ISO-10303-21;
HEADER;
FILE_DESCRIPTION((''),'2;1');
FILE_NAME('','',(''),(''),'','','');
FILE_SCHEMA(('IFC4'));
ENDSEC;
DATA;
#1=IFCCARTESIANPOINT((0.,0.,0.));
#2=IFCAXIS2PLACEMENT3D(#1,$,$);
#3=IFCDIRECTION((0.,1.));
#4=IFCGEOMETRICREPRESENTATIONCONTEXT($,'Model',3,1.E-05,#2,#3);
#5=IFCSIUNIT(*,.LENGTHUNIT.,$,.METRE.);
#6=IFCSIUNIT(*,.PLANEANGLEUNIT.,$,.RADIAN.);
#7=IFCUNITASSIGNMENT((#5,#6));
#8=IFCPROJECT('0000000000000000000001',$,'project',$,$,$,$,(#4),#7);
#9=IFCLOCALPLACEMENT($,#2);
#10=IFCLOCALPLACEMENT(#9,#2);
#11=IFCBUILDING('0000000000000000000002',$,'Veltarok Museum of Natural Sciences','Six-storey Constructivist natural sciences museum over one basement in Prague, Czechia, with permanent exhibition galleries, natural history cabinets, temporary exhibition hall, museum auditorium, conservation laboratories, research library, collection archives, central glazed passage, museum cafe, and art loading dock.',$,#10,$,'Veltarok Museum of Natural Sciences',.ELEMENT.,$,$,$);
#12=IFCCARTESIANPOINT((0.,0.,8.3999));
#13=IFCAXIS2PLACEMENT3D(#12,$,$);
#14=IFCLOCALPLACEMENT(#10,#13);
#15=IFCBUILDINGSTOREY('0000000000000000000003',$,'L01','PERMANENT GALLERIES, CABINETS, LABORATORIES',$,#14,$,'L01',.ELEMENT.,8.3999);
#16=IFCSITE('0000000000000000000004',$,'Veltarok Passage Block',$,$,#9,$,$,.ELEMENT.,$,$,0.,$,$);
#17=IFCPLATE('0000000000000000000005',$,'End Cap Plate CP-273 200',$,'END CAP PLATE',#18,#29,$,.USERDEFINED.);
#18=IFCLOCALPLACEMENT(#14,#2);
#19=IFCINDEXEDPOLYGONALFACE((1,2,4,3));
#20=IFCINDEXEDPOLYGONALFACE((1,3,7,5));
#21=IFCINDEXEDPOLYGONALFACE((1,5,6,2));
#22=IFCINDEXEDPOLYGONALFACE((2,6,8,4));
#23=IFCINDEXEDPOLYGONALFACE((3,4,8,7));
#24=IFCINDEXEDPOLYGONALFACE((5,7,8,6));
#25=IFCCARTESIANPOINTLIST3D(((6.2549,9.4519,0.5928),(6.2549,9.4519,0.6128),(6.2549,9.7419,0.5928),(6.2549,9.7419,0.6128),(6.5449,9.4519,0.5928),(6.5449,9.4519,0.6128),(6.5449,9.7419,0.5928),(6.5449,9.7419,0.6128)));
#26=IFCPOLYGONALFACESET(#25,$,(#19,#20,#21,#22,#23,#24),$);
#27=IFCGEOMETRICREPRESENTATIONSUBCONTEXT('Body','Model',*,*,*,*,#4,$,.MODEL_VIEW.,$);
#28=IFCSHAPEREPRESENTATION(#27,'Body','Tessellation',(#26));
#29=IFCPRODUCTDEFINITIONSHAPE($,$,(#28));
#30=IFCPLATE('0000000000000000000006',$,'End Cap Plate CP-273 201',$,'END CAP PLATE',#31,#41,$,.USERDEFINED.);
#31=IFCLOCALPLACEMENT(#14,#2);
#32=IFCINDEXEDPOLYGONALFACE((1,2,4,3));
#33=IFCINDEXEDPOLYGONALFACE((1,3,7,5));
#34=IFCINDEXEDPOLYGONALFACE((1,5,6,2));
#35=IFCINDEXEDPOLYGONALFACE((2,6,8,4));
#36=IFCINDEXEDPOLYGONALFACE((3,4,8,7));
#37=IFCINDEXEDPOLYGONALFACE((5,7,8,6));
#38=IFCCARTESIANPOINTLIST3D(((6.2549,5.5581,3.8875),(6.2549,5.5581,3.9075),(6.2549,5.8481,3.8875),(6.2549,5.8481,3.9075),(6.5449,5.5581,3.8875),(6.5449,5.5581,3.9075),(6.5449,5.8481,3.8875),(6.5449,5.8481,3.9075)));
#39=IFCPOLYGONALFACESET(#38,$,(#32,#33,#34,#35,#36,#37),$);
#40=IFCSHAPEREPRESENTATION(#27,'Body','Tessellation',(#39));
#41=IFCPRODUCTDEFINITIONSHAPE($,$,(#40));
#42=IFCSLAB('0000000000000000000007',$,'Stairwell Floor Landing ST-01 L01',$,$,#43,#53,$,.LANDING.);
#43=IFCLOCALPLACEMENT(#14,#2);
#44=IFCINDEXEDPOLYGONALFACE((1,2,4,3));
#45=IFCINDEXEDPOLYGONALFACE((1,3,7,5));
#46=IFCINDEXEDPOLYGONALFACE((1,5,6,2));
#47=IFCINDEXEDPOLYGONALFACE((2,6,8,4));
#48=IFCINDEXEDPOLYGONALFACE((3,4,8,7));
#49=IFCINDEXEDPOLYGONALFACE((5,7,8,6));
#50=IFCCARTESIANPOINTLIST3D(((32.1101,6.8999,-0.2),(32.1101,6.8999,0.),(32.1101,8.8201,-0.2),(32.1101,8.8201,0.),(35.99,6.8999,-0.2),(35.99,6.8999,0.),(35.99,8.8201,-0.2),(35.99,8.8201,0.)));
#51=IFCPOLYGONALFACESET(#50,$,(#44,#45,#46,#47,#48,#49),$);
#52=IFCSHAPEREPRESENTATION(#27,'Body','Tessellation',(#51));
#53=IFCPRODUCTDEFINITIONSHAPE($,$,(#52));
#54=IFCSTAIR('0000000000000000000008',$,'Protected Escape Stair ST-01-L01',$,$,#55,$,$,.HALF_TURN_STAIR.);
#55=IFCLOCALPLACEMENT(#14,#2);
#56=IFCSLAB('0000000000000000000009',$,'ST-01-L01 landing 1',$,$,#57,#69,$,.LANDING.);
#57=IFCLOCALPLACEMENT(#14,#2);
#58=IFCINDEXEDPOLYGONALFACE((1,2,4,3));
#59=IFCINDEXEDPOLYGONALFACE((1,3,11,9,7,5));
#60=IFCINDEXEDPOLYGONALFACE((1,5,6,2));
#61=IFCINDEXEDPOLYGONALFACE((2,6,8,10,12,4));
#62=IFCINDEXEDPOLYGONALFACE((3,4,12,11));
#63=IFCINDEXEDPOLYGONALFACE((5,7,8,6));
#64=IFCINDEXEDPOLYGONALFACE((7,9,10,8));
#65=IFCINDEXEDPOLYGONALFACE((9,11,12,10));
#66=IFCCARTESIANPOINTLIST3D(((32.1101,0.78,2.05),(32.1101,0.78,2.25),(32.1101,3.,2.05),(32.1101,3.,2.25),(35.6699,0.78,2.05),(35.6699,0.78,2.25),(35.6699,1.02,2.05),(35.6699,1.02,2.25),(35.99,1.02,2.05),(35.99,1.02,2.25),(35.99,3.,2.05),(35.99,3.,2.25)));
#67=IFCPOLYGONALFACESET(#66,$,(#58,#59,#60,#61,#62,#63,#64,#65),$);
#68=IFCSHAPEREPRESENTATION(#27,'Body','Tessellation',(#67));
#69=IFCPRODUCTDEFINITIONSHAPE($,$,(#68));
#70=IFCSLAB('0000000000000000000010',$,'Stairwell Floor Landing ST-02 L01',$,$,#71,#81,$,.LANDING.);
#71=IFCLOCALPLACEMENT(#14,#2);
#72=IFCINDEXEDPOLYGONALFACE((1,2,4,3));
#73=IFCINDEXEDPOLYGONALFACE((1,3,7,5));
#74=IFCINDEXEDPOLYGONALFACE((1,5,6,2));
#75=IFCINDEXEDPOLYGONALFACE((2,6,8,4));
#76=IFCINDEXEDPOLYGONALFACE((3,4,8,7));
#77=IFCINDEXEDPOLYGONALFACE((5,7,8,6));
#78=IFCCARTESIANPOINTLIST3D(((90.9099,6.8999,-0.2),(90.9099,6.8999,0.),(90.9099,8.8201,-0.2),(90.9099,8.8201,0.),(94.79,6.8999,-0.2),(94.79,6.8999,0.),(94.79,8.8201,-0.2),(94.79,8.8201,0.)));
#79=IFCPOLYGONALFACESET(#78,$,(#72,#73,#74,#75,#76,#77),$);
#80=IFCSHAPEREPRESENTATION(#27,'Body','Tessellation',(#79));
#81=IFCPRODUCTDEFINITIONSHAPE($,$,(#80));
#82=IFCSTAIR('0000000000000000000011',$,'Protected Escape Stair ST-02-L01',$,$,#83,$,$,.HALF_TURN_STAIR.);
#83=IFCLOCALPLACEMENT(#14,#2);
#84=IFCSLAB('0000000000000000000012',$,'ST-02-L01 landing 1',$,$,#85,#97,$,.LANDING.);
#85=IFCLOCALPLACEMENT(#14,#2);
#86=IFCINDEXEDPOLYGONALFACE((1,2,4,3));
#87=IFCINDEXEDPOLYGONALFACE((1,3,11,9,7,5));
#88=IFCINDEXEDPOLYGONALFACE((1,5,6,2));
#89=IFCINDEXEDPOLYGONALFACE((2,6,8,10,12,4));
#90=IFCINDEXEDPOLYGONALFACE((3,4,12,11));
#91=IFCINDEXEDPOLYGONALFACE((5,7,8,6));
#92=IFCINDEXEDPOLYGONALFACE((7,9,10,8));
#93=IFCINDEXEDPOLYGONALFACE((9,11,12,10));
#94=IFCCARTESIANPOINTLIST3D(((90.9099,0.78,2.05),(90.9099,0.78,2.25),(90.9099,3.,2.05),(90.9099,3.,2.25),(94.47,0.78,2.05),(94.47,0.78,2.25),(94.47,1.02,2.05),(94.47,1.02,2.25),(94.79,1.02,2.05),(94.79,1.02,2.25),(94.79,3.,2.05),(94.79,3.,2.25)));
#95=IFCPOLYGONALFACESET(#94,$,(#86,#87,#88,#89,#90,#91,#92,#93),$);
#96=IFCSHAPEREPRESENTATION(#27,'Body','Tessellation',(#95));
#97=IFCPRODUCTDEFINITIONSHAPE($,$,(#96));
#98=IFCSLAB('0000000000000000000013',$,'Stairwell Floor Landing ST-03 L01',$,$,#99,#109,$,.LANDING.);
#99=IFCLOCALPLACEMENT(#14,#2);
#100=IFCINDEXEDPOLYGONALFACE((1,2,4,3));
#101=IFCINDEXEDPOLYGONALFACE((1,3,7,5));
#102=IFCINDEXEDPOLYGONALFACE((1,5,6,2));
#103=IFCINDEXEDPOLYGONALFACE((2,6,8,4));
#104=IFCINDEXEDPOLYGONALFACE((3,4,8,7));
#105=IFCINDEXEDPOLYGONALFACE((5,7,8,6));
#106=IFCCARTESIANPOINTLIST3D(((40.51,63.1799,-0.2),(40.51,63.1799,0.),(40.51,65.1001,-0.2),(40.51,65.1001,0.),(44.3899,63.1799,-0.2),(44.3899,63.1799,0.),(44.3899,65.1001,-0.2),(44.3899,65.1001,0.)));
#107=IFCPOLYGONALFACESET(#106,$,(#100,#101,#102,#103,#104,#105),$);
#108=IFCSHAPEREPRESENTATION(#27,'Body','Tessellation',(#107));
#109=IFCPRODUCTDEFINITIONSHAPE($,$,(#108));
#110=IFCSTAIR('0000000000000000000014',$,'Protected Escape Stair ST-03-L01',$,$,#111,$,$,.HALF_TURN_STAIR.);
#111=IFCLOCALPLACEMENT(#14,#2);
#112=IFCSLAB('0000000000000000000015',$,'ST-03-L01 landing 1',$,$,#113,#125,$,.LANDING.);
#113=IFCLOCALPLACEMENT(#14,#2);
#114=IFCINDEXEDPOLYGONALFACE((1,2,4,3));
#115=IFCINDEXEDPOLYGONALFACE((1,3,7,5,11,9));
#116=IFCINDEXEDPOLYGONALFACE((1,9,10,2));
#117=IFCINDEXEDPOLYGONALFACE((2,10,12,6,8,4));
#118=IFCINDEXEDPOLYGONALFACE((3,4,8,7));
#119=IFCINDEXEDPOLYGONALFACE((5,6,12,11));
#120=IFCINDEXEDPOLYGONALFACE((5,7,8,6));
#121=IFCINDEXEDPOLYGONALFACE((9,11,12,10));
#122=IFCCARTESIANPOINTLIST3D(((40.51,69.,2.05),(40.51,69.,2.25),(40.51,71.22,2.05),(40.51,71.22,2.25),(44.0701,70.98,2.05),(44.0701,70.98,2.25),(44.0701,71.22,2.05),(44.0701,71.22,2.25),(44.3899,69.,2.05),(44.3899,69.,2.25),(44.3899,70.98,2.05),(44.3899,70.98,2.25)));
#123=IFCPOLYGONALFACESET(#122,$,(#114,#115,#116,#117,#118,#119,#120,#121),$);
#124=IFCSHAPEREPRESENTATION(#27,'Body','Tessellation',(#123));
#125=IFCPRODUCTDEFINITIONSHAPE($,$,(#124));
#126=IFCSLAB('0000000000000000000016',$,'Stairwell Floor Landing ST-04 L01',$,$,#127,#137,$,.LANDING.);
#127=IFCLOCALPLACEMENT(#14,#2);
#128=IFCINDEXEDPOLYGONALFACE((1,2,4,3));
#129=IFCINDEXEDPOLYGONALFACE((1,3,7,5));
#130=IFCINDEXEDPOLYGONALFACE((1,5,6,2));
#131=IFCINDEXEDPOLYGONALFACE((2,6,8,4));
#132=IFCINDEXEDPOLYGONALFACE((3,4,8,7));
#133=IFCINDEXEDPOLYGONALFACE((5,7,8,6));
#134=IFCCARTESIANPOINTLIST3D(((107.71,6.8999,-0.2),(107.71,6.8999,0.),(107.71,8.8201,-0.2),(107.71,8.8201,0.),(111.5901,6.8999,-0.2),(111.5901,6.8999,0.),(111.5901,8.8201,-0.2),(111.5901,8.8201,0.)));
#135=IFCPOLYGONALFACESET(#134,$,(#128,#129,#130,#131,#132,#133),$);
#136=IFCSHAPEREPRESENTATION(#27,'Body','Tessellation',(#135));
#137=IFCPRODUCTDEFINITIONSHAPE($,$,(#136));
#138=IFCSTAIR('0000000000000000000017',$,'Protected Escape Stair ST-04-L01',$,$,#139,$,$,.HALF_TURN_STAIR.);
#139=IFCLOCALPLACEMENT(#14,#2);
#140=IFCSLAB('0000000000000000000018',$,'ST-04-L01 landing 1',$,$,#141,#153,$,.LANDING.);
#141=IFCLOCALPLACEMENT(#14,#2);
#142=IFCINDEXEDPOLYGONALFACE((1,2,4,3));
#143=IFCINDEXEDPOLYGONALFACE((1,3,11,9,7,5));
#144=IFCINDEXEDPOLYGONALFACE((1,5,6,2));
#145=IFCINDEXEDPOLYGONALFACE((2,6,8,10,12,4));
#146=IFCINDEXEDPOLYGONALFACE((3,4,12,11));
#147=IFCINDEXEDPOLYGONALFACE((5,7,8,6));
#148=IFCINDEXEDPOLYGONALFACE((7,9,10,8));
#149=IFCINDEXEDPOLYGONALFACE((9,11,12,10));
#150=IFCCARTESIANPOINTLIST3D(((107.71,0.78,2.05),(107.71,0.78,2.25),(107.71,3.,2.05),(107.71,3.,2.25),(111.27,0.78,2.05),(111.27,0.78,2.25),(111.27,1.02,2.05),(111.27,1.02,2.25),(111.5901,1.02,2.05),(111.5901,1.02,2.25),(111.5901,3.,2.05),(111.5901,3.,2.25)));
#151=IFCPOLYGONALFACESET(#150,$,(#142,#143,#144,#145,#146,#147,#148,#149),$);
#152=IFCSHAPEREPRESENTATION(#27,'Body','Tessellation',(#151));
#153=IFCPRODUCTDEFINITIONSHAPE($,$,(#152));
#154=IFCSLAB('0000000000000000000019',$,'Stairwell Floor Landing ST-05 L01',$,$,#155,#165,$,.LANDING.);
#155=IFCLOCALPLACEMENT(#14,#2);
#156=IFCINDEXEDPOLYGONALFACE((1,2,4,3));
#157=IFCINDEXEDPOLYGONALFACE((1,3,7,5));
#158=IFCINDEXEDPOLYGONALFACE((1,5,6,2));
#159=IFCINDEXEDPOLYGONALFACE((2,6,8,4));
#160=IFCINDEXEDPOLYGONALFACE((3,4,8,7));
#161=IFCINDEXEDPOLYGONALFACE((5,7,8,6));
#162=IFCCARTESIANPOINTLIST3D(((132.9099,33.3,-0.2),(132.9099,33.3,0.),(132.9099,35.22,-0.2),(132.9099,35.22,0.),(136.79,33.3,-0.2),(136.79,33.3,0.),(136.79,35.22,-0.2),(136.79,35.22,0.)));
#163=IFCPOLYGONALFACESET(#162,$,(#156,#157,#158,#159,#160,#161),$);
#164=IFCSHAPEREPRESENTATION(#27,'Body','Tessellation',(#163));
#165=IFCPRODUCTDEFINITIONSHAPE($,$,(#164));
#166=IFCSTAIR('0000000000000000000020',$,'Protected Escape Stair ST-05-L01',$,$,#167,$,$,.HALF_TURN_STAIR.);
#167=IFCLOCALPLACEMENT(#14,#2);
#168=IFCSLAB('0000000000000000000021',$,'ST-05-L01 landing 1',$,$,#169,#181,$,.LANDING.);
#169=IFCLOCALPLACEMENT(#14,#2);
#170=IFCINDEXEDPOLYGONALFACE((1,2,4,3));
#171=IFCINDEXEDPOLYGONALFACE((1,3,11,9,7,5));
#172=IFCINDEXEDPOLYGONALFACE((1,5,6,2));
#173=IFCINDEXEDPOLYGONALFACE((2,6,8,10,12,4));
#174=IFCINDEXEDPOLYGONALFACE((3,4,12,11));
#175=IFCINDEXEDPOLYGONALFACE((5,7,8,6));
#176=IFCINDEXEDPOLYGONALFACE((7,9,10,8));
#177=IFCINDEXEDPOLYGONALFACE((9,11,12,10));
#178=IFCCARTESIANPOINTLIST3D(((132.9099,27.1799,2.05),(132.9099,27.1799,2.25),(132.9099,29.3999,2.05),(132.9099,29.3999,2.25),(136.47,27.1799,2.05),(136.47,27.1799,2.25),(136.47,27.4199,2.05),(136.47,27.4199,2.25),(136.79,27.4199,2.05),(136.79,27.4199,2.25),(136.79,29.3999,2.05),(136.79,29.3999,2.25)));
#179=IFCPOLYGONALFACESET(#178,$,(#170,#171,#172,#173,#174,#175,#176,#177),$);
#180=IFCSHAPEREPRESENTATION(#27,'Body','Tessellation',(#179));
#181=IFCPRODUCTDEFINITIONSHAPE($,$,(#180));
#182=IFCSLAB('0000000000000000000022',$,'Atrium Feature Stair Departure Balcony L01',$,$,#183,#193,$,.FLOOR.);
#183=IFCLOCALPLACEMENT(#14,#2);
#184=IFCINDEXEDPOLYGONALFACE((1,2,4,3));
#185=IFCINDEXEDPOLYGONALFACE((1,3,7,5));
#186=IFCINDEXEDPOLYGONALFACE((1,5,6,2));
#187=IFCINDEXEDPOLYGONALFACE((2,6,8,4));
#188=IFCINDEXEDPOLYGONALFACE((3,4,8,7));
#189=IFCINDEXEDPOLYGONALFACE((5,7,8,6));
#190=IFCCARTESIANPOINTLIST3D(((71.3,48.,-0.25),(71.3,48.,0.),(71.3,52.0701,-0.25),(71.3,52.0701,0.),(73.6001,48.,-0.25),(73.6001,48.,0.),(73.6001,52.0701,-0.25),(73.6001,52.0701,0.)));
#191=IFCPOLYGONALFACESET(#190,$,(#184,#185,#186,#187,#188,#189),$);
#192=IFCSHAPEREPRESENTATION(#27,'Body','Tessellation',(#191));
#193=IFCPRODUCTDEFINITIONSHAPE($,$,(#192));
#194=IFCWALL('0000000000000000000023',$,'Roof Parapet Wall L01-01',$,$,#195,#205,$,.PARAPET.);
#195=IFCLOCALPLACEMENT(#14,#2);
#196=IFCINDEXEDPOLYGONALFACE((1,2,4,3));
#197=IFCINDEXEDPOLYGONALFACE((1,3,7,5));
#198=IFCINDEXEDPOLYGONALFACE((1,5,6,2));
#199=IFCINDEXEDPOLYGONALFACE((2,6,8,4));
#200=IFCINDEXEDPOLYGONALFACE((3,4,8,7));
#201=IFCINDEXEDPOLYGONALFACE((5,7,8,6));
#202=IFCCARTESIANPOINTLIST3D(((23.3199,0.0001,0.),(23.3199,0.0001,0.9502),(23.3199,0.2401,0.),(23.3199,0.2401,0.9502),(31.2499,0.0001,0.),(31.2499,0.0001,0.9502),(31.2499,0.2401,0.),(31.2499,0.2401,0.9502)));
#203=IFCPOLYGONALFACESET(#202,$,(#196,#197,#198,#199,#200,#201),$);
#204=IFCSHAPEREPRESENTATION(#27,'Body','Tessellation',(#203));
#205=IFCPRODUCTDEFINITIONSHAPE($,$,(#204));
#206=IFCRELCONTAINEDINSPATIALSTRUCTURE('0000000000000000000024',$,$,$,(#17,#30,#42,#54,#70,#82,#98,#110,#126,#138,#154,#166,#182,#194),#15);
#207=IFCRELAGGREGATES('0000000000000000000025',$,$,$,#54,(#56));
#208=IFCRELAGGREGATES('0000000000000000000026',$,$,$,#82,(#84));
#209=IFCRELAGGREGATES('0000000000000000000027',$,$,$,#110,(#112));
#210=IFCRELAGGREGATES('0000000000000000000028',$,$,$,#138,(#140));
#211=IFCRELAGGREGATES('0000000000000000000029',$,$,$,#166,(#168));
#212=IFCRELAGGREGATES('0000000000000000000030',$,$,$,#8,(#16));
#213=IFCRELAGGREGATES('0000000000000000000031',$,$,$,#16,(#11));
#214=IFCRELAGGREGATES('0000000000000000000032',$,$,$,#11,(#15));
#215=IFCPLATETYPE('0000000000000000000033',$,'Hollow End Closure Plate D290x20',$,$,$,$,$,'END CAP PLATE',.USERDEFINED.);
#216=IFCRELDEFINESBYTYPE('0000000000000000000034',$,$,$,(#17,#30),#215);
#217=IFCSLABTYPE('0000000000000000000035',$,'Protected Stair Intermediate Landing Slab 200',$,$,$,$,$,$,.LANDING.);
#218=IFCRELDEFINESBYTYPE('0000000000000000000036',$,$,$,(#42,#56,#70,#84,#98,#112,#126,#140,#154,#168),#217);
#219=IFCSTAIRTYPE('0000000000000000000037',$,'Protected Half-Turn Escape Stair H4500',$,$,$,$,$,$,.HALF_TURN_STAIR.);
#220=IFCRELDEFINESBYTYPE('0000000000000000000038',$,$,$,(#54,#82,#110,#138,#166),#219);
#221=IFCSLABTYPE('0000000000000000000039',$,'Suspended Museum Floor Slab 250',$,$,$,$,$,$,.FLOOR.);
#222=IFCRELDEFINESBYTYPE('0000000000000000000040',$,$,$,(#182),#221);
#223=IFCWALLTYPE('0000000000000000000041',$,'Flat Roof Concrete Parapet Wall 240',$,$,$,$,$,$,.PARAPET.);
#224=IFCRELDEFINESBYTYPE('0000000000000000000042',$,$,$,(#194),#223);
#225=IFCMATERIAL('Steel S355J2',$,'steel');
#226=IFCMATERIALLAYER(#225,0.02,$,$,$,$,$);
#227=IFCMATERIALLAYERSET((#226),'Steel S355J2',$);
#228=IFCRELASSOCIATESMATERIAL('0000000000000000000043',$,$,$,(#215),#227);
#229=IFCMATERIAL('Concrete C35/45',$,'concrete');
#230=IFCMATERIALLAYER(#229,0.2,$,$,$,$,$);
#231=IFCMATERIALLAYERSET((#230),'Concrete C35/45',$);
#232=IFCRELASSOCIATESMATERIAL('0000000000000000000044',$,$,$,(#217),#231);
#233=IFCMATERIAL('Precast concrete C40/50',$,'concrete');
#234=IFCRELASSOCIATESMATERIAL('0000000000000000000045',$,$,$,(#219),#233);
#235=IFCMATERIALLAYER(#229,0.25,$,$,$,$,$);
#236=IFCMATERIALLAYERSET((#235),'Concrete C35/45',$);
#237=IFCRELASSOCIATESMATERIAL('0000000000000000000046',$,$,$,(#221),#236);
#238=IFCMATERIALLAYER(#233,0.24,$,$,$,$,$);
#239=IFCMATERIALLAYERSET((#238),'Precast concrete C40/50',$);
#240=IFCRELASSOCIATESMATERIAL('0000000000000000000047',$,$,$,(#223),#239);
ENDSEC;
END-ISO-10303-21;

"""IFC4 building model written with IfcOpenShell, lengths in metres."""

from ifc_helpers import new_model, si_unit, direction, frame, frame_2d, origin, origin_2d, place, context, subcontext, project, spatial, polyline, rectangle, outline, extrude, material, layer, layer_set, type_object, element, aggregate, save


model = new_model("IFC4")

# Units and contexts
model_context = context("Model", 3, precision=1e-05, world=origin(), true_north=direction((0.0, 1.0)))
body_context = subcontext(model_context, "Body", "Model", "MODEL_VIEW")
ifc_project = project(units=[si_unit("LENGTHUNIT", "METRE"), si_unit("PLANEANGLEUNIT", "RADIAN")], contexts=[model_context])

# Site, building, storey
site_placement = place(None, origin())
site = spatial("IfcSite", under=ifc_project, at=site_placement, Name="Veltarok Passage Block", CompositionType="ELEMENT", RefElevation=0.0)
building_placement = place(site_placement, origin())
building = spatial("IfcBuilding", under=site, at=building_placement, Name="Veltarok Museum of Natural Sciences", Description="Six-storey Constructivist natural sciences museum over one basement in Prague, Czechia, with permanent exhibition galleries, natural history cabinets, temporary exhibition hall, museum auditorium, conservation laboratories, research library, collection archives, central glazed passage, museum cafe, and art loading dock.", LongName="Veltarok Museum of Natural Sciences", CompositionType="ELEMENT")
storey_placement = place(building_placement, frame((0.0, 0.0, 8.3999)))
storey = spatial("IfcBuildingStorey", under=building, at=storey_placement, Name="L01", Description="PERMANENT GALLERIES, CABINETS, LABORATORIES", LongName="L01", CompositionType="ELEMENT", Elevation=8.3999)

# Shared definitions
ifc_material_1 = material(Name="Steel S355J2", Category="steel")

# Shared definitions
ifc_material_2 = material(Name="Precast concrete C40/50", Category="concrete")
ifc_material_3 = material(Name="Concrete C35/45", Category="concrete")

# Plates
ifc_layer_1 = layer(ifc_material_1, 0.02)
ifc_layer_set_1 = layer_set([ifc_layer_1], Name="Steel S355J2")
plate_type = type_object("IfcPlateType", Name="Hollow End Closure Plate D290x20", ElementType="END CAP PLATE", PredefinedType="USERDEFINED", material=ifc_layer_set_1)
for number, where, z_axis, x_axis, name in (
    (1, (6.3999, 9.5969, 0.5928), (0.0, 0.0, 1.0), (0.0, 1.0, 0.0), "End Cap Plate CP-273 200"),
    (2, (6.3999, 5.7031, 3.8875), (0.0, 0.0, 1.0), (0.0, 1.0, 0.0), "End Cap Plate CP-273 201"),
):
    element("IfcPlate", number, at=place(storey_placement, frame(where, z_axis=z_axis, x_axis=x_axis)), inside=storey, type_object=plate_type, Name=name, ObjectType="END CAP PLATE", PredefinedType="USERDEFINED", context=body_context, shape_type="SweptSolid", body=[
        extrude(rectangle(XDim=0.29, YDim=0.29, at=origin_2d()), origin(), (0.0, 0.0, 1.0), 0.02),
    ])

# Slab
ifc_layer_2 = layer(ifc_material_3, 0.2)
ifc_layer_set_2 = layer_set([ifc_layer_2], Name="Concrete C35/45")
slab_type_1 = type_object("IfcSlabType", Name="Protected Stair Intermediate Landing Slab 200", PredefinedType="LANDING", material=ifc_layer_set_2)
slab_1_placement = place(storey_placement, frame((0.0, 0.0, -0.2)))
element("IfcSlab", 3, at=slab_1_placement, inside=storey, type_object=slab_type_1, Name="Stairwell Floor Landing ST-01 L01", PredefinedType="LANDING", context=body_context, shape_type="SweptSolid", body=[
    extrude(outline(polyline([(32.1101, 6.8999), (35.99, 6.8999), (35.99, 8.8201), (32.1101, 8.8201), (32.1101, 6.8999)])), origin(), (0.0, 0.0, 1.0), 0.2),
])

# Stair, slab
stair_type = type_object("IfcStairType", Name="Protected Half-Turn Escape Stair H4500", PredefinedType="HALF_TURN_STAIR", material=ifc_material_2)
stair_1_placement = place(storey_placement, origin())
stair_1 = element("IfcStair", 4, at=stair_1_placement, inside=storey, type_object=stair_type, Name="Protected Escape Stair ST-01-L01", PredefinedType="HALF_TURN_STAIR")
slab_2_placement = place(storey_placement, frame((0.0, 0.0, 2.05)))
slab_2 = element("IfcSlab", 5, at=slab_2_placement, type_object=slab_type_1, Name="ST-01-L01 landing 1", PredefinedType="LANDING", context=body_context, shape_type="SweptSolid", body=[
    extrude(outline(polyline([(32.1101, 0.78), (35.6699, 0.78), (35.6699, 1.02), (35.99, 1.02), (35.99, 3.0), (32.1101, 3.0), (32.1101, 0.78)])), origin(), (0.0, 0.0, 1.0), 0.2),
])
aggregate(stair_1, [slab_2])

# Slab
slab_3_placement = place(storey_placement, frame((0.0, 0.0, -0.2)))
element("IfcSlab", 6, at=slab_3_placement, inside=storey, type_object=slab_type_1, Name="Stairwell Floor Landing ST-02 L01", PredefinedType="LANDING", context=body_context, shape_type="SweptSolid", body=[
    extrude(outline(polyline([(90.9099, 6.8999), (94.79, 6.8999), (94.79, 8.8201), (90.9099, 8.8201), (90.9099, 6.8999)])), origin(), (0.0, 0.0, 1.0), 0.2),
])

# Stair, slab
stair_2_placement = place(storey_placement, origin())
stair_2 = element("IfcStair", 7, at=stair_2_placement, inside=storey, type_object=stair_type, Name="Protected Escape Stair ST-02-L01", PredefinedType="HALF_TURN_STAIR")
slab_4_placement = place(storey_placement, frame((0.0, 0.0, 2.05)))
slab_4 = element("IfcSlab", 8, at=slab_4_placement, type_object=slab_type_1, Name="ST-02-L01 landing 1", PredefinedType="LANDING", context=body_context, shape_type="SweptSolid", body=[
    extrude(outline(polyline([(90.9099, 0.78), (94.47, 0.78), (94.47, 1.02), (94.79, 1.02), (94.79, 3.0), (90.9099, 3.0), (90.9099, 0.78)])), origin(), (0.0, 0.0, 1.0), 0.2),
])
aggregate(stair_2, [slab_4])

# Slab
slab_5_placement = place(storey_placement, frame((0.0, 0.0, -0.2)))
element("IfcSlab", 9, at=slab_5_placement, inside=storey, type_object=slab_type_1, Name="Stairwell Floor Landing ST-03 L01", PredefinedType="LANDING", context=body_context, shape_type="SweptSolid", body=[
    extrude(outline(polyline([(40.51, 63.1799), (44.3899, 63.1799), (44.3899, 65.1001), (40.51, 65.1001), (40.51, 63.1799)])), origin(), (0.0, 0.0, 1.0), 0.2),
])

# Stair, slab
stair_3_placement = place(storey_placement, origin())
stair_3 = element("IfcStair", 10, at=stair_3_placement, inside=storey, type_object=stair_type, Name="Protected Escape Stair ST-03-L01", PredefinedType="HALF_TURN_STAIR")
slab_6_placement = place(storey_placement, frame((0.0, 0.0, 2.05)))
slab_6 = element("IfcSlab", 11, at=slab_6_placement, type_object=slab_type_1, Name="ST-03-L01 landing 1", PredefinedType="LANDING", context=body_context, shape_type="SweptSolid", body=[
    extrude(outline(polyline([(40.51, 69.0), (44.3899, 69.0), (44.3899, 70.98), (44.0701, 70.98), (44.0701, 71.22), (40.51, 71.22), (40.51, 69.0)])), origin(), (0.0, 0.0, 1.0), 0.2),
])
aggregate(stair_3, [slab_6])

# Slab
slab_7_placement = place(storey_placement, frame((0.0, 0.0, -0.2)))
element("IfcSlab", 12, at=slab_7_placement, inside=storey, type_object=slab_type_1, Name="Stairwell Floor Landing ST-04 L01", PredefinedType="LANDING", context=body_context, shape_type="SweptSolid", body=[
    extrude(outline(polyline([(107.71, 6.8999), (111.5901, 6.8999), (111.5901, 8.8201), (107.71, 8.8201), (107.71, 6.8999)])), origin(), (0.0, 0.0, 1.0), 0.2),
])

# Stair, slab
stair_4_placement = place(storey_placement, origin())
stair_4 = element("IfcStair", 13, at=stair_4_placement, inside=storey, type_object=stair_type, Name="Protected Escape Stair ST-04-L01", PredefinedType="HALF_TURN_STAIR")
slab_8_placement = place(storey_placement, frame((0.0, 0.0, 2.05)))
slab_8 = element("IfcSlab", 14, at=slab_8_placement, type_object=slab_type_1, Name="ST-04-L01 landing 1", PredefinedType="LANDING", context=body_context, shape_type="SweptSolid", body=[
    extrude(outline(polyline([(107.71, 0.78), (111.27, 0.78), (111.27, 1.02), (111.5901, 1.02), (111.5901, 3.0), (107.71, 3.0), (107.71, 0.78)])), origin(), (0.0, 0.0, 1.0), 0.2),
])
aggregate(stair_4, [slab_8])

# Slab
slab_9_placement = place(storey_placement, frame((0.0, 0.0, -0.2)))
element("IfcSlab", 15, at=slab_9_placement, inside=storey, type_object=slab_type_1, Name="Stairwell Floor Landing ST-05 L01", PredefinedType="LANDING", context=body_context, shape_type="SweptSolid", body=[
    extrude(outline(polyline([(132.9099, 33.3), (136.79, 33.3), (136.79, 35.22), (132.9099, 35.22), (132.9099, 33.3)])), origin(), (0.0, 0.0, 1.0), 0.2),
])

# Stair, slab
stair_5_placement = place(storey_placement, origin())
stair_5 = element("IfcStair", 16, at=stair_5_placement, inside=storey, type_object=stair_type, Name="Protected Escape Stair ST-05-L01", PredefinedType="HALF_TURN_STAIR")
slab_10_placement = place(storey_placement, frame((0.0, 0.0, 2.05)))
slab_10 = element("IfcSlab", 17, at=slab_10_placement, type_object=slab_type_1, Name="ST-05-L01 landing 1", PredefinedType="LANDING", context=body_context, shape_type="SweptSolid", body=[
    extrude(outline(polyline([(132.9099, 27.1799), (136.47, 27.1799), (136.47, 27.4199), (136.79, 27.4199), (136.79, 29.3999), (132.9099, 29.3999), (132.9099, 27.1799)])), origin(), (0.0, 0.0, 1.0), 0.2),
])
aggregate(stair_5, [slab_10])

# Slab
ifc_layer_3 = layer(ifc_material_3, 0.25)
ifc_layer_set_3 = layer_set([ifc_layer_3], Name="Concrete C35/45")
slab_type_2 = type_object("IfcSlabType", Name="Suspended Museum Floor Slab 250", PredefinedType="FLOOR", material=ifc_layer_set_3)
slab_11_placement = place(storey_placement, frame((0.0, 0.0, -0.25)))
element("IfcSlab", 18, at=slab_11_placement, inside=storey, type_object=slab_type_2, Name="Atrium Feature Stair Departure Balcony L01", PredefinedType="FLOOR", context=body_context, shape_type="SweptSolid", body=[
    extrude(outline(polyline([(71.3, 48.0), (73.6001, 48.0), (73.6001, 52.0701), (71.3, 52.0701), (71.3, 48.0)])), origin(), (0.0, 0.0, 1.0), 0.25),
])

# Wall
ifc_layer_4 = layer(ifc_material_2, 0.24)
ifc_layer_set_4 = layer_set([ifc_layer_4], Name="Precast concrete C40/50")
wall_type = type_object("IfcWallType", Name="Flat Roof Concrete Parapet Wall 240", PredefinedType="PARAPET", material=ifc_layer_set_4)
wall_placement = place(storey_placement, frame((23.3201, 0.1201, 0.0), z_axis=(0.0, 0.0, 1.0), x_axis=(1.0, 0.0, 0.0)))
element("IfcWall", 19, at=wall_placement, inside=storey, type_object=wall_type, Name="Roof Parapet Wall L01-01", PredefinedType="PARAPET", context=body_context, shape_type="SweptSolid", body=[
    extrude(rectangle(XDim=7.9299, YDim=0.24, at=frame_2d((3.9648, 0.0))), origin(), (0.0, 0.0, 1.0), 0.9502),
])

save(model, "model.ifc")
